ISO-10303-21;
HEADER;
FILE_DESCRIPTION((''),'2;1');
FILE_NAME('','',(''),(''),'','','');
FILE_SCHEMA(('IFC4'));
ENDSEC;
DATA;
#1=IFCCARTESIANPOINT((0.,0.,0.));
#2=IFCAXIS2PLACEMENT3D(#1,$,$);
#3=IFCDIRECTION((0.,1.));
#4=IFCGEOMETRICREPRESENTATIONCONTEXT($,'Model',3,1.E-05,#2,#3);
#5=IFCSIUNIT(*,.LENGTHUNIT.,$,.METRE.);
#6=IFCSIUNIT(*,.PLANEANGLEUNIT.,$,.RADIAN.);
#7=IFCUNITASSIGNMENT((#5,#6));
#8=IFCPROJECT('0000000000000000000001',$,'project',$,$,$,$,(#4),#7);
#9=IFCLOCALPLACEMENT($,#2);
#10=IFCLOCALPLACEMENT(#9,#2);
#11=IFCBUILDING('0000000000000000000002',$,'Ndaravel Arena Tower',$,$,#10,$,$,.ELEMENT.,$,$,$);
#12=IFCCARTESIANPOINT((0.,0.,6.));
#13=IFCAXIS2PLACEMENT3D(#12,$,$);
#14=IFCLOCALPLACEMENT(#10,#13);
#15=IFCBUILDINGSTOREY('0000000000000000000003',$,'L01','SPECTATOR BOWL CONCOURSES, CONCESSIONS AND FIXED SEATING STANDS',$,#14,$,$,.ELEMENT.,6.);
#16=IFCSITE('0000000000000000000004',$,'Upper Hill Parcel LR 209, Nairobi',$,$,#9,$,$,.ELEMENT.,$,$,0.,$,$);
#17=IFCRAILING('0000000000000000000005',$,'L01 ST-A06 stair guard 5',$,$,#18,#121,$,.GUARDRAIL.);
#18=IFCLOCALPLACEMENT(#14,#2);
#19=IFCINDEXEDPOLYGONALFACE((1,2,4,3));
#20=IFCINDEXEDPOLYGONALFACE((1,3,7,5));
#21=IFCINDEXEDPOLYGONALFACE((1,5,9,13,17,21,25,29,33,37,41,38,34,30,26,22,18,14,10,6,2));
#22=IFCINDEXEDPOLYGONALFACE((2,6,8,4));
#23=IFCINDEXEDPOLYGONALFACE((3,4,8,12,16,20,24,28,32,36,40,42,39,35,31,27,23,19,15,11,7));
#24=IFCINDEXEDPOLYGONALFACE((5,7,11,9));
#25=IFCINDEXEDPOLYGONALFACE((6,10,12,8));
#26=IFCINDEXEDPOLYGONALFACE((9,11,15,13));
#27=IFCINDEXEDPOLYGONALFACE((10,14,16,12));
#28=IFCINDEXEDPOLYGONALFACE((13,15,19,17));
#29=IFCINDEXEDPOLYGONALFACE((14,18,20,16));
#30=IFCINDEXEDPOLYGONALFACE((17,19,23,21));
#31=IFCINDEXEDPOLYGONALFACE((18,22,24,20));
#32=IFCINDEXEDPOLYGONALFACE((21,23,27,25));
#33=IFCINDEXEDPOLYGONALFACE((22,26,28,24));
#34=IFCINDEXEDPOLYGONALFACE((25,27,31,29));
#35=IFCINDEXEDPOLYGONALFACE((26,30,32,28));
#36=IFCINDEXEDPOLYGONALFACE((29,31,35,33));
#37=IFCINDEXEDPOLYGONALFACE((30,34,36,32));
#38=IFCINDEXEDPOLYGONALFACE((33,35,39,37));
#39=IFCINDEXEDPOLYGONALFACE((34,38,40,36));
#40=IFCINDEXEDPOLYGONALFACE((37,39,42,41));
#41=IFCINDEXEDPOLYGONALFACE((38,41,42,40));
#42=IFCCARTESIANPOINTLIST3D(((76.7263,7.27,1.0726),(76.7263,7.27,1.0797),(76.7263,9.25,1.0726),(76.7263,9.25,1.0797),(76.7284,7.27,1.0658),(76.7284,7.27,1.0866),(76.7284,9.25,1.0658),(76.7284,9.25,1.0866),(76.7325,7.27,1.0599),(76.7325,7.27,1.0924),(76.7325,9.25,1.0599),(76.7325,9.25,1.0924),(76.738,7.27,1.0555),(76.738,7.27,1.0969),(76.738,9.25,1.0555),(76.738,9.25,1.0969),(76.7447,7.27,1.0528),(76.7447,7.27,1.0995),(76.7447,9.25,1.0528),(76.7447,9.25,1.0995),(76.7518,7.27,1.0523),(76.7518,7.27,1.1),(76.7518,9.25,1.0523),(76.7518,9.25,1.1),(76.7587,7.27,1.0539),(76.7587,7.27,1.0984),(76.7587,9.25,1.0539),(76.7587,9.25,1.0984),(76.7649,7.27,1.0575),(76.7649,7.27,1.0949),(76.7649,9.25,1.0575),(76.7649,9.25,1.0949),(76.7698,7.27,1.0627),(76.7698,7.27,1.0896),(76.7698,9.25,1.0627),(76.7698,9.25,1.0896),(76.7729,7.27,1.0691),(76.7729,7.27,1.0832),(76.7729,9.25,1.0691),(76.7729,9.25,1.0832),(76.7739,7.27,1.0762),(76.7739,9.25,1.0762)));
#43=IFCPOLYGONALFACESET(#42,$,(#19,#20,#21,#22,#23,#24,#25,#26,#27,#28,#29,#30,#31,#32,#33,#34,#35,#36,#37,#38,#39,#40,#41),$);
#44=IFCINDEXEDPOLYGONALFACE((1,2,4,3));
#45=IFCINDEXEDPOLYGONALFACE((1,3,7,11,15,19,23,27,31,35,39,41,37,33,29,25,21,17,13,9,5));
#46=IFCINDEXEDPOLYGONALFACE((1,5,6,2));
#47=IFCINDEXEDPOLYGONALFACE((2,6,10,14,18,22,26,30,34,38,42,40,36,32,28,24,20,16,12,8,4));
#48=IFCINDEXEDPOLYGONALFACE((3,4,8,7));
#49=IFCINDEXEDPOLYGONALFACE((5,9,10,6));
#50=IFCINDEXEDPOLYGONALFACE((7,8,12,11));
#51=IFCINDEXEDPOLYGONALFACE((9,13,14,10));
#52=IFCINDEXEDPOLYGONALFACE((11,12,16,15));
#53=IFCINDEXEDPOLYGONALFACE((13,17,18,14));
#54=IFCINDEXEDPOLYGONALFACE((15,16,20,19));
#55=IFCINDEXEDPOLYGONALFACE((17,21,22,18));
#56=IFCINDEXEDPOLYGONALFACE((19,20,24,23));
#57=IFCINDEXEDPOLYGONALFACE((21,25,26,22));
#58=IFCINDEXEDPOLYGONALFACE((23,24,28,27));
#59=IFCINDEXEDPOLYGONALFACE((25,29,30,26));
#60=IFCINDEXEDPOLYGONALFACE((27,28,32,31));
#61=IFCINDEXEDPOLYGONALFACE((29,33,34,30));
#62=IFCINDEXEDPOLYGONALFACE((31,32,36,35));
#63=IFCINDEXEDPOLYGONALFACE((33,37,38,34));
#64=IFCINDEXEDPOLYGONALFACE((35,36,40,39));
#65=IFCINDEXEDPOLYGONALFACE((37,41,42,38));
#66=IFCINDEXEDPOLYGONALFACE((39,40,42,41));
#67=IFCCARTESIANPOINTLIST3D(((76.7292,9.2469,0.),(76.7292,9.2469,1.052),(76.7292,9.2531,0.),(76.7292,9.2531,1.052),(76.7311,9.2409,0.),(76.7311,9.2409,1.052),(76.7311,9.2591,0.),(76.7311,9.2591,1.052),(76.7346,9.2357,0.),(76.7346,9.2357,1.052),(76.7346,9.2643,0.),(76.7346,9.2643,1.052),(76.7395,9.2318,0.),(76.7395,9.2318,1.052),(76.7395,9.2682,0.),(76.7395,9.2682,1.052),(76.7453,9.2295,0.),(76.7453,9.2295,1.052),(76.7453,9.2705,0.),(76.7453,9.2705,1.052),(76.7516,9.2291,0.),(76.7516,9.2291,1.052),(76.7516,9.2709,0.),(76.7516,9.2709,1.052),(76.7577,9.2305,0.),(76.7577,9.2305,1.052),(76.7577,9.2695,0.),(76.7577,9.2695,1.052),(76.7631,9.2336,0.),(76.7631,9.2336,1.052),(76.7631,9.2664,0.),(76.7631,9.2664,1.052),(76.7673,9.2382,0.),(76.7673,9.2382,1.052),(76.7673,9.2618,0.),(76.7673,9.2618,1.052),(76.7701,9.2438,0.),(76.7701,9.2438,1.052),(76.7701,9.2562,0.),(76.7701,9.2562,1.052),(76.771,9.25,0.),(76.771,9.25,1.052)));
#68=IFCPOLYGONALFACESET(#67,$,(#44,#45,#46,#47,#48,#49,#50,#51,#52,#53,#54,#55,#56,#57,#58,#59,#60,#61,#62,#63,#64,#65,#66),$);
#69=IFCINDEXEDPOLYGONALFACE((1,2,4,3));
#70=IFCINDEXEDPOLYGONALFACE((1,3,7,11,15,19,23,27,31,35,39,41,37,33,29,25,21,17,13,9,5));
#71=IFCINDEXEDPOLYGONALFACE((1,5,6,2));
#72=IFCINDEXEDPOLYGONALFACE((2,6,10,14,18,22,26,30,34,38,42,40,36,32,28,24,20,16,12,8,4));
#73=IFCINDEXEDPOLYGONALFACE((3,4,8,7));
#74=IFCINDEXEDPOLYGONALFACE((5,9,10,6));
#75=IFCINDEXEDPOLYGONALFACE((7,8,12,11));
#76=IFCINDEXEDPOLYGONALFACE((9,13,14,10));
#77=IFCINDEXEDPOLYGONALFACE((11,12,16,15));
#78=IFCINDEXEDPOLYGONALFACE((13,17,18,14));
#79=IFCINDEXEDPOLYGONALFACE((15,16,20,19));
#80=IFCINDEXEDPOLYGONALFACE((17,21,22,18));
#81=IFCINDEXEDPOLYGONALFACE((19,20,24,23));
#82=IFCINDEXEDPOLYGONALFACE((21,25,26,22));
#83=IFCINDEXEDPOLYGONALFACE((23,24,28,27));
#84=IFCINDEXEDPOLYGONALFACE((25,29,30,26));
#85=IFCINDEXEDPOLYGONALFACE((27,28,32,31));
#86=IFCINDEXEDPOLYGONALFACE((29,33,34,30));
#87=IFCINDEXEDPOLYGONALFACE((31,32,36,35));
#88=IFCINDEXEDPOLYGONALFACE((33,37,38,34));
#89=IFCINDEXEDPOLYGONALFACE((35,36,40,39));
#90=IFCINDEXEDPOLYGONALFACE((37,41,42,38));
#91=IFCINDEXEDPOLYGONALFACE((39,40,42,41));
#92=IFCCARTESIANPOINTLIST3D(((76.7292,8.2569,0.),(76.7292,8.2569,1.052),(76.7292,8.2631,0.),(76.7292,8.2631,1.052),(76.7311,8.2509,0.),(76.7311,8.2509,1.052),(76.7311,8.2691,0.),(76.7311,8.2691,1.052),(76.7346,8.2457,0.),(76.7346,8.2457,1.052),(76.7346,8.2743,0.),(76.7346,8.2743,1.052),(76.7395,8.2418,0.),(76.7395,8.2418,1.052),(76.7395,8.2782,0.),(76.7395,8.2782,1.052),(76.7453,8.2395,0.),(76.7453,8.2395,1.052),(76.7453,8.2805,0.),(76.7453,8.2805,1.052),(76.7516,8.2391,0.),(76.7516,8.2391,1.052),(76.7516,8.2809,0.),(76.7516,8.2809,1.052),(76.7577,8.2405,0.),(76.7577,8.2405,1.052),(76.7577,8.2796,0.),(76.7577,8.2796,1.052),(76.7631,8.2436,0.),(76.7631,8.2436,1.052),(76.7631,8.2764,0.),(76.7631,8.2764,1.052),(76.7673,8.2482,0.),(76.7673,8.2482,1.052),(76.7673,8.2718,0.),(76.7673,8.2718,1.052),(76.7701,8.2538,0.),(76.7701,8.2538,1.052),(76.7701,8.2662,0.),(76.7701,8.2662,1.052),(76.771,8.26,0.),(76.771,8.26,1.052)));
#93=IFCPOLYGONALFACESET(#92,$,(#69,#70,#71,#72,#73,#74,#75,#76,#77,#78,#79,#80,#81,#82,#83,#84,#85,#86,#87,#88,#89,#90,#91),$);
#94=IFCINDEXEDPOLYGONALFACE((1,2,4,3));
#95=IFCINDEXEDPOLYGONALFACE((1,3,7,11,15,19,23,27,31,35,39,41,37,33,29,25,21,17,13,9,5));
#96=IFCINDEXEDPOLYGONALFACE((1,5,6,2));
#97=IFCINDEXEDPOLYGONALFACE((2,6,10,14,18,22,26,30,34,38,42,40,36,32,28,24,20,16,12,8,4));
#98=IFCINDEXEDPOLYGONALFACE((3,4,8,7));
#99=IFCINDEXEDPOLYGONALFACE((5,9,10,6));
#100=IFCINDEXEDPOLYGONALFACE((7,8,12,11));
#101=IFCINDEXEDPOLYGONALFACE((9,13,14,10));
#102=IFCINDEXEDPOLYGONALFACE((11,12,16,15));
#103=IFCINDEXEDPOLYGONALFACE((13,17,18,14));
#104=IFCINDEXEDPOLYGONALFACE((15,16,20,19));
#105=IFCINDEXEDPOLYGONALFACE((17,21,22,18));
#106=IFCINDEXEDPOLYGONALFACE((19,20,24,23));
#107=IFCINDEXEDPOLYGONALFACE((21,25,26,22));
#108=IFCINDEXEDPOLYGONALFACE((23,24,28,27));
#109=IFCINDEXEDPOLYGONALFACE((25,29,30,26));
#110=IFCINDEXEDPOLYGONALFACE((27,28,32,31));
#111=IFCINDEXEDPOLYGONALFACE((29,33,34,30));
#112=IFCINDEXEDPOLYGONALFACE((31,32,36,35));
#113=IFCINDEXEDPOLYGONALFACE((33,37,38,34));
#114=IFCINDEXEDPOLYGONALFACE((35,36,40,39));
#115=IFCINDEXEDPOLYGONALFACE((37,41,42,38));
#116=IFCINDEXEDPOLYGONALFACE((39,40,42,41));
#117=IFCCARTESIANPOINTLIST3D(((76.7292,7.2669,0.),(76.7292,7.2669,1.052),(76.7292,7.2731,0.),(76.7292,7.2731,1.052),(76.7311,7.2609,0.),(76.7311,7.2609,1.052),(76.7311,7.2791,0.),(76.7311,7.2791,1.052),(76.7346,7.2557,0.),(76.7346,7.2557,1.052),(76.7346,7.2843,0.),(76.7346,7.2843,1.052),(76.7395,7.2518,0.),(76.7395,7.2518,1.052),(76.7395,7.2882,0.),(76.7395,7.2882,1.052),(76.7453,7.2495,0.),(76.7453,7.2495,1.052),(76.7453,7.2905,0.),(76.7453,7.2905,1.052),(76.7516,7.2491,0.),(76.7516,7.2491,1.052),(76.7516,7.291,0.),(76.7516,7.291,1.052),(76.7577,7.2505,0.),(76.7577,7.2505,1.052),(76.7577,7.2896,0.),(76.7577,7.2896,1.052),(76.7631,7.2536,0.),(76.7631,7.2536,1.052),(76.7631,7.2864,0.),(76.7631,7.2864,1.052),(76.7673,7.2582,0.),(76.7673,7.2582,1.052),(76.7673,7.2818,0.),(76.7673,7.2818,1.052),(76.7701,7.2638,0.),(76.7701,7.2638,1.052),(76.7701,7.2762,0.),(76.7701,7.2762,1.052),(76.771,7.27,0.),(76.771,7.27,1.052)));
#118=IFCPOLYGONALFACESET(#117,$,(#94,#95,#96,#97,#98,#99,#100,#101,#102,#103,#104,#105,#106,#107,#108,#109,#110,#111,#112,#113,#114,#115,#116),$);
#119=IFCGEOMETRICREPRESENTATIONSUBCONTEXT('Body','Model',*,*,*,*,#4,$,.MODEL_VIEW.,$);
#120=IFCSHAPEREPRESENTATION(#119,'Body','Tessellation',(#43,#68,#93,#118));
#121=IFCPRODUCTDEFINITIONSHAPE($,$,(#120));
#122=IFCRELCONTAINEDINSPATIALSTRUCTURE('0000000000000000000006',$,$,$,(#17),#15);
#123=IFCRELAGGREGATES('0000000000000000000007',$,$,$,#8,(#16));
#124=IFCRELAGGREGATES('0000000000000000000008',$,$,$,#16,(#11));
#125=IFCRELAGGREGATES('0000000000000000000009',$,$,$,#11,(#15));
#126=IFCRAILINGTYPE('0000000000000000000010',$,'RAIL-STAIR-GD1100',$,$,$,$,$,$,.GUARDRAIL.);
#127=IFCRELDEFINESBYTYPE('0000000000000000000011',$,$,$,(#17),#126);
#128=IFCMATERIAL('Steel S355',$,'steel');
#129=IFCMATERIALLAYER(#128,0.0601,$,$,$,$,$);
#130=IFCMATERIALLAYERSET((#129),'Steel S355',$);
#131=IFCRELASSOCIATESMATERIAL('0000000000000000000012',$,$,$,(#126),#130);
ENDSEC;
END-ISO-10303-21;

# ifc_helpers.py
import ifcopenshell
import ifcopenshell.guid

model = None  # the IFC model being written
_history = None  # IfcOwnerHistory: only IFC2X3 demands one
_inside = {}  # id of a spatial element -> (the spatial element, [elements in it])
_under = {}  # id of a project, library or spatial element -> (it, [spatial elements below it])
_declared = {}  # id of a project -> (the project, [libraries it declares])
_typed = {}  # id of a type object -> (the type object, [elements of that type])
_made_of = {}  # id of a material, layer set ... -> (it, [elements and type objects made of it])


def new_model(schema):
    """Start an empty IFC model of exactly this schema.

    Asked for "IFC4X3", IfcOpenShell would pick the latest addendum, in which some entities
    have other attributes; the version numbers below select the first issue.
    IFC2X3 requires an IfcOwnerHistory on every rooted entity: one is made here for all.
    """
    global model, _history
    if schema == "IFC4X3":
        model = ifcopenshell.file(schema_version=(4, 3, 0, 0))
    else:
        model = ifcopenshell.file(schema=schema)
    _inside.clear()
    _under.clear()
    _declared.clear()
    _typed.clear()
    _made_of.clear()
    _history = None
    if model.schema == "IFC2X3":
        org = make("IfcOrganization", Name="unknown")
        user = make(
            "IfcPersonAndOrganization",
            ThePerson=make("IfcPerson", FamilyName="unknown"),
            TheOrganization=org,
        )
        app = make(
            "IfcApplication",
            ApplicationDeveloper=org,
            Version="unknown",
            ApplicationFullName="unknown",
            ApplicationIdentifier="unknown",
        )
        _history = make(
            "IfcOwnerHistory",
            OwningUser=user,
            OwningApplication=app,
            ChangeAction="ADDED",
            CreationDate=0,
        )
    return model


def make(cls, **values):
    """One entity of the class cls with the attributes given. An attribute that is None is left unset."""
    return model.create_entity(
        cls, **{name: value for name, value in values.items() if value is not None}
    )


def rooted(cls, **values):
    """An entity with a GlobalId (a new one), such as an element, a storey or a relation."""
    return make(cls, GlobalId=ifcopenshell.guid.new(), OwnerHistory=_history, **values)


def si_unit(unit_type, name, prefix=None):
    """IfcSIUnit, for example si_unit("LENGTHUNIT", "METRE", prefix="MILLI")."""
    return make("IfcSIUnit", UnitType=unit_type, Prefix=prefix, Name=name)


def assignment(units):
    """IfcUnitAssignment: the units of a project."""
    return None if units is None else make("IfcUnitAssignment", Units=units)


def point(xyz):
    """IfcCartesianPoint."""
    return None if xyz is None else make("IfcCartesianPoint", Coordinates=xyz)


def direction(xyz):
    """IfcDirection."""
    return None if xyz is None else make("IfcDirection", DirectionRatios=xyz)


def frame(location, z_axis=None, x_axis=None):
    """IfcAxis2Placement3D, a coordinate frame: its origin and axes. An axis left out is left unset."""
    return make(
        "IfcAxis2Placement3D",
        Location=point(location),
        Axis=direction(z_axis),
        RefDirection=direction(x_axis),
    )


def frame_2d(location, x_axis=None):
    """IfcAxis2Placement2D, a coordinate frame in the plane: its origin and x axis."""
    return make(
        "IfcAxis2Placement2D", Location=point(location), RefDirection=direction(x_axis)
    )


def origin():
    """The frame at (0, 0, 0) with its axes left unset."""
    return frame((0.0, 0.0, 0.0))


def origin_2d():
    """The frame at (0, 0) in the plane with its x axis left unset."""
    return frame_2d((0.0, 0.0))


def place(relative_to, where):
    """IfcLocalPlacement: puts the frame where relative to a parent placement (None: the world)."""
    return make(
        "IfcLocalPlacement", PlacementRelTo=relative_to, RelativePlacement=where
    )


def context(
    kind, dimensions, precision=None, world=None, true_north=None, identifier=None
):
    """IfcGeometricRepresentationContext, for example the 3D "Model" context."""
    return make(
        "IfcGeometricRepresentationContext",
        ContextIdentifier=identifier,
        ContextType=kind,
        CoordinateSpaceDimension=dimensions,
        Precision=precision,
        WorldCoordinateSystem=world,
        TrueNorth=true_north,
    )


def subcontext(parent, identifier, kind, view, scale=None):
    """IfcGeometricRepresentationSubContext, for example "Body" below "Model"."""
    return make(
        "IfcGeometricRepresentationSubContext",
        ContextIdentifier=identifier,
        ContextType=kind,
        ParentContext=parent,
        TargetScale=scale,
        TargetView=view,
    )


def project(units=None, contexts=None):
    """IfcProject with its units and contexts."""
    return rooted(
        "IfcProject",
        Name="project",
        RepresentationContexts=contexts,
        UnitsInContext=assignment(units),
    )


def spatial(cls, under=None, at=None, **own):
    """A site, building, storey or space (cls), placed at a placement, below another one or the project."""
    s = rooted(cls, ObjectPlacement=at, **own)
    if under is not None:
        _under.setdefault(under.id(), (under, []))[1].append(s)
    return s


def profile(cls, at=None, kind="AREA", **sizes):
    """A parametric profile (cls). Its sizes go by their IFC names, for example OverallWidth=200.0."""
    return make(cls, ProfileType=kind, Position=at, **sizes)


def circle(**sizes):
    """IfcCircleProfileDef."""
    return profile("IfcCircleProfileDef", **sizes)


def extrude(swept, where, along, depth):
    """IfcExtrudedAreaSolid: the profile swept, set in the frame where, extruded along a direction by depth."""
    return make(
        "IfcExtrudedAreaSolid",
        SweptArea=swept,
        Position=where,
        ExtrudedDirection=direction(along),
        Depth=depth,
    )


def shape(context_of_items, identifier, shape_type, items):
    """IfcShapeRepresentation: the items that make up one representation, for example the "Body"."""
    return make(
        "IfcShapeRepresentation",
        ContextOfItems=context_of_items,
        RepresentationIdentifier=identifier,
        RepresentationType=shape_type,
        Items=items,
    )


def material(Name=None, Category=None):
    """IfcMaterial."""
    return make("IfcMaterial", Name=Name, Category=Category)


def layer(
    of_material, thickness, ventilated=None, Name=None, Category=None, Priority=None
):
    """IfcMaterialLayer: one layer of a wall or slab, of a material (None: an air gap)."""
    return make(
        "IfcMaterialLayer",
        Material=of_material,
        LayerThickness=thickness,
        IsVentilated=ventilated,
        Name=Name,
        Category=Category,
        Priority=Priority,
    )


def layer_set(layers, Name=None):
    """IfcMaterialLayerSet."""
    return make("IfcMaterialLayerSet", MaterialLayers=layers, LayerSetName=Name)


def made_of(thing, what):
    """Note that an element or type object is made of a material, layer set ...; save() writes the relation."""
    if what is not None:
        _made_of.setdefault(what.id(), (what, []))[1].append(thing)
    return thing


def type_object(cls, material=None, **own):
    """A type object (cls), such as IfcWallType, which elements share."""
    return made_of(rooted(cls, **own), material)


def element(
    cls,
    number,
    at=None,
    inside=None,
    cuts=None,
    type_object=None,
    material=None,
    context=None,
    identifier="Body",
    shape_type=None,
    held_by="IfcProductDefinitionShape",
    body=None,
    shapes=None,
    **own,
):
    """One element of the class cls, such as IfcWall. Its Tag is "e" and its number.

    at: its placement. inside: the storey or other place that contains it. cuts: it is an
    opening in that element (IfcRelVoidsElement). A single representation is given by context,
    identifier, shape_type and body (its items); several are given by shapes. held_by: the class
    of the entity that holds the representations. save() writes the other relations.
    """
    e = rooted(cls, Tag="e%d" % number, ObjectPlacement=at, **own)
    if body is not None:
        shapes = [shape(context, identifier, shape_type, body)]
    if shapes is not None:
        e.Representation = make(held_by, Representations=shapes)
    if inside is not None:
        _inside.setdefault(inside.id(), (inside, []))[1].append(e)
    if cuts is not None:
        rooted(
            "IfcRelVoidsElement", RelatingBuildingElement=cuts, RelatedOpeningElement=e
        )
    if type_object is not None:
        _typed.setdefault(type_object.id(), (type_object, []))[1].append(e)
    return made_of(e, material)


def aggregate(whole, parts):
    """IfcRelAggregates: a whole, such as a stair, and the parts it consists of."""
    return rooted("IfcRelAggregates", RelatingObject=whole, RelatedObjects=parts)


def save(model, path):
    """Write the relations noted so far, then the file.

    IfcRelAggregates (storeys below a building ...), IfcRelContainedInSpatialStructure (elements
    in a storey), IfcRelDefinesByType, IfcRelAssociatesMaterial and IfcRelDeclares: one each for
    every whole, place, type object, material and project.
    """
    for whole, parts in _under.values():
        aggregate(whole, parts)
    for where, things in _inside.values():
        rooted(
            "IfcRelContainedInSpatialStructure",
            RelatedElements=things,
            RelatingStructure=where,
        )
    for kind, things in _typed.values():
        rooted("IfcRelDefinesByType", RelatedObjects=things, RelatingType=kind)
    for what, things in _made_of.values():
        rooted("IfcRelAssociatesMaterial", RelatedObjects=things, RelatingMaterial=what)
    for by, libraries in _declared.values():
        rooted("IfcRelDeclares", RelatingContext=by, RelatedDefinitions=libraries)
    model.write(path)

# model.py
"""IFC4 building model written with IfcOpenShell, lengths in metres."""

from ifc_helpers import new_model, si_unit, direction, frame, origin, origin_2d, place, context, subcontext, project, spatial, circle, extrude, material, layer, layer_set, type_object, element, save


model = new_model("IFC4")

# Units and contexts
model_context = context("Model", 3, precision=1e-05, world=origin(), true_north=direction((0.0, 1.0)))
body_context = subcontext(model_context, "Body", "Model", "MODEL_VIEW")
ifc_project = project(units=[si_unit("LENGTHUNIT", "METRE"), si_unit("PLANEANGLEUNIT", "RADIAN")], contexts=[model_context])

# Site, building, storey
site_placement = place(None, origin())
site = spatial("IfcSite", under=ifc_project, at=site_placement, Name="Upper Hill Parcel LR 209, Nairobi", CompositionType="ELEMENT", RefElevation=0.0)
building_placement = place(site_placement, origin())
building = spatial("IfcBuilding", under=site, at=building_placement, Name="Ndaravel Arena Tower", CompositionType="ELEMENT")
storey_placement = place(building_placement, frame((0.0, 0.0, 6.0)))
storey = spatial("IfcBuildingStorey", under=building, at=storey_placement, Name="L01", Description="SPECTATOR BOWL CONCOURSES, CONCESSIONS AND FIXED SEATING STANDS", CompositionType="ELEMENT", Elevation=6.0)

# Railing
ifc_material_1 = material(Name="Steel S355", Category="steel")
ifc_layer_1 = layer(ifc_material_1, 0.0601)
ifc_layer_set_1 = layer_set([ifc_layer_1], Name="Steel S355")
railing_type = type_object("IfcRailingType", Name="RAIL-STAIR-GD1100", PredefinedType="GUARDRAIL", material=ifc_layer_set_1)
for number, where, name in (
    (1, (76.75, 9.25, 0.0), "L01 ST-A06 stair guard 5"),
):
    element("IfcRailing", number, at=place(storey_placement, frame(where)), inside=storey, type_object=railing_type, Name=name, PredefinedType="GUARDRAIL", context=body_context, shape_type="SweptSolid", body=[
        extrude(circle(Radius=0.0239, at=origin_2d()), frame((0.0, 0.0, 1.0762), z_axis=(0.0, -1.0, 0.0), x_axis=(1.0, 0.0, 0.0)), (0.0, 0.0, 1.0), 1.98),
        extrude(circle(Radius=0.021, at=origin_2d()), origin(), (0.0, 0.0, 1.0), 1.052),
        extrude(circle(Radius=0.021, at=origin_2d()), frame((0.0, -0.99, 0.0)), (0.0, 0.0, 1.0), 1.052),
        extrude(circle(Radius=0.021, at=origin_2d()), frame((0.0, -1.98, 0.0)), (0.0, 0.0, 1.0), 1.052),
    ])

save(model, "model.ifc")
